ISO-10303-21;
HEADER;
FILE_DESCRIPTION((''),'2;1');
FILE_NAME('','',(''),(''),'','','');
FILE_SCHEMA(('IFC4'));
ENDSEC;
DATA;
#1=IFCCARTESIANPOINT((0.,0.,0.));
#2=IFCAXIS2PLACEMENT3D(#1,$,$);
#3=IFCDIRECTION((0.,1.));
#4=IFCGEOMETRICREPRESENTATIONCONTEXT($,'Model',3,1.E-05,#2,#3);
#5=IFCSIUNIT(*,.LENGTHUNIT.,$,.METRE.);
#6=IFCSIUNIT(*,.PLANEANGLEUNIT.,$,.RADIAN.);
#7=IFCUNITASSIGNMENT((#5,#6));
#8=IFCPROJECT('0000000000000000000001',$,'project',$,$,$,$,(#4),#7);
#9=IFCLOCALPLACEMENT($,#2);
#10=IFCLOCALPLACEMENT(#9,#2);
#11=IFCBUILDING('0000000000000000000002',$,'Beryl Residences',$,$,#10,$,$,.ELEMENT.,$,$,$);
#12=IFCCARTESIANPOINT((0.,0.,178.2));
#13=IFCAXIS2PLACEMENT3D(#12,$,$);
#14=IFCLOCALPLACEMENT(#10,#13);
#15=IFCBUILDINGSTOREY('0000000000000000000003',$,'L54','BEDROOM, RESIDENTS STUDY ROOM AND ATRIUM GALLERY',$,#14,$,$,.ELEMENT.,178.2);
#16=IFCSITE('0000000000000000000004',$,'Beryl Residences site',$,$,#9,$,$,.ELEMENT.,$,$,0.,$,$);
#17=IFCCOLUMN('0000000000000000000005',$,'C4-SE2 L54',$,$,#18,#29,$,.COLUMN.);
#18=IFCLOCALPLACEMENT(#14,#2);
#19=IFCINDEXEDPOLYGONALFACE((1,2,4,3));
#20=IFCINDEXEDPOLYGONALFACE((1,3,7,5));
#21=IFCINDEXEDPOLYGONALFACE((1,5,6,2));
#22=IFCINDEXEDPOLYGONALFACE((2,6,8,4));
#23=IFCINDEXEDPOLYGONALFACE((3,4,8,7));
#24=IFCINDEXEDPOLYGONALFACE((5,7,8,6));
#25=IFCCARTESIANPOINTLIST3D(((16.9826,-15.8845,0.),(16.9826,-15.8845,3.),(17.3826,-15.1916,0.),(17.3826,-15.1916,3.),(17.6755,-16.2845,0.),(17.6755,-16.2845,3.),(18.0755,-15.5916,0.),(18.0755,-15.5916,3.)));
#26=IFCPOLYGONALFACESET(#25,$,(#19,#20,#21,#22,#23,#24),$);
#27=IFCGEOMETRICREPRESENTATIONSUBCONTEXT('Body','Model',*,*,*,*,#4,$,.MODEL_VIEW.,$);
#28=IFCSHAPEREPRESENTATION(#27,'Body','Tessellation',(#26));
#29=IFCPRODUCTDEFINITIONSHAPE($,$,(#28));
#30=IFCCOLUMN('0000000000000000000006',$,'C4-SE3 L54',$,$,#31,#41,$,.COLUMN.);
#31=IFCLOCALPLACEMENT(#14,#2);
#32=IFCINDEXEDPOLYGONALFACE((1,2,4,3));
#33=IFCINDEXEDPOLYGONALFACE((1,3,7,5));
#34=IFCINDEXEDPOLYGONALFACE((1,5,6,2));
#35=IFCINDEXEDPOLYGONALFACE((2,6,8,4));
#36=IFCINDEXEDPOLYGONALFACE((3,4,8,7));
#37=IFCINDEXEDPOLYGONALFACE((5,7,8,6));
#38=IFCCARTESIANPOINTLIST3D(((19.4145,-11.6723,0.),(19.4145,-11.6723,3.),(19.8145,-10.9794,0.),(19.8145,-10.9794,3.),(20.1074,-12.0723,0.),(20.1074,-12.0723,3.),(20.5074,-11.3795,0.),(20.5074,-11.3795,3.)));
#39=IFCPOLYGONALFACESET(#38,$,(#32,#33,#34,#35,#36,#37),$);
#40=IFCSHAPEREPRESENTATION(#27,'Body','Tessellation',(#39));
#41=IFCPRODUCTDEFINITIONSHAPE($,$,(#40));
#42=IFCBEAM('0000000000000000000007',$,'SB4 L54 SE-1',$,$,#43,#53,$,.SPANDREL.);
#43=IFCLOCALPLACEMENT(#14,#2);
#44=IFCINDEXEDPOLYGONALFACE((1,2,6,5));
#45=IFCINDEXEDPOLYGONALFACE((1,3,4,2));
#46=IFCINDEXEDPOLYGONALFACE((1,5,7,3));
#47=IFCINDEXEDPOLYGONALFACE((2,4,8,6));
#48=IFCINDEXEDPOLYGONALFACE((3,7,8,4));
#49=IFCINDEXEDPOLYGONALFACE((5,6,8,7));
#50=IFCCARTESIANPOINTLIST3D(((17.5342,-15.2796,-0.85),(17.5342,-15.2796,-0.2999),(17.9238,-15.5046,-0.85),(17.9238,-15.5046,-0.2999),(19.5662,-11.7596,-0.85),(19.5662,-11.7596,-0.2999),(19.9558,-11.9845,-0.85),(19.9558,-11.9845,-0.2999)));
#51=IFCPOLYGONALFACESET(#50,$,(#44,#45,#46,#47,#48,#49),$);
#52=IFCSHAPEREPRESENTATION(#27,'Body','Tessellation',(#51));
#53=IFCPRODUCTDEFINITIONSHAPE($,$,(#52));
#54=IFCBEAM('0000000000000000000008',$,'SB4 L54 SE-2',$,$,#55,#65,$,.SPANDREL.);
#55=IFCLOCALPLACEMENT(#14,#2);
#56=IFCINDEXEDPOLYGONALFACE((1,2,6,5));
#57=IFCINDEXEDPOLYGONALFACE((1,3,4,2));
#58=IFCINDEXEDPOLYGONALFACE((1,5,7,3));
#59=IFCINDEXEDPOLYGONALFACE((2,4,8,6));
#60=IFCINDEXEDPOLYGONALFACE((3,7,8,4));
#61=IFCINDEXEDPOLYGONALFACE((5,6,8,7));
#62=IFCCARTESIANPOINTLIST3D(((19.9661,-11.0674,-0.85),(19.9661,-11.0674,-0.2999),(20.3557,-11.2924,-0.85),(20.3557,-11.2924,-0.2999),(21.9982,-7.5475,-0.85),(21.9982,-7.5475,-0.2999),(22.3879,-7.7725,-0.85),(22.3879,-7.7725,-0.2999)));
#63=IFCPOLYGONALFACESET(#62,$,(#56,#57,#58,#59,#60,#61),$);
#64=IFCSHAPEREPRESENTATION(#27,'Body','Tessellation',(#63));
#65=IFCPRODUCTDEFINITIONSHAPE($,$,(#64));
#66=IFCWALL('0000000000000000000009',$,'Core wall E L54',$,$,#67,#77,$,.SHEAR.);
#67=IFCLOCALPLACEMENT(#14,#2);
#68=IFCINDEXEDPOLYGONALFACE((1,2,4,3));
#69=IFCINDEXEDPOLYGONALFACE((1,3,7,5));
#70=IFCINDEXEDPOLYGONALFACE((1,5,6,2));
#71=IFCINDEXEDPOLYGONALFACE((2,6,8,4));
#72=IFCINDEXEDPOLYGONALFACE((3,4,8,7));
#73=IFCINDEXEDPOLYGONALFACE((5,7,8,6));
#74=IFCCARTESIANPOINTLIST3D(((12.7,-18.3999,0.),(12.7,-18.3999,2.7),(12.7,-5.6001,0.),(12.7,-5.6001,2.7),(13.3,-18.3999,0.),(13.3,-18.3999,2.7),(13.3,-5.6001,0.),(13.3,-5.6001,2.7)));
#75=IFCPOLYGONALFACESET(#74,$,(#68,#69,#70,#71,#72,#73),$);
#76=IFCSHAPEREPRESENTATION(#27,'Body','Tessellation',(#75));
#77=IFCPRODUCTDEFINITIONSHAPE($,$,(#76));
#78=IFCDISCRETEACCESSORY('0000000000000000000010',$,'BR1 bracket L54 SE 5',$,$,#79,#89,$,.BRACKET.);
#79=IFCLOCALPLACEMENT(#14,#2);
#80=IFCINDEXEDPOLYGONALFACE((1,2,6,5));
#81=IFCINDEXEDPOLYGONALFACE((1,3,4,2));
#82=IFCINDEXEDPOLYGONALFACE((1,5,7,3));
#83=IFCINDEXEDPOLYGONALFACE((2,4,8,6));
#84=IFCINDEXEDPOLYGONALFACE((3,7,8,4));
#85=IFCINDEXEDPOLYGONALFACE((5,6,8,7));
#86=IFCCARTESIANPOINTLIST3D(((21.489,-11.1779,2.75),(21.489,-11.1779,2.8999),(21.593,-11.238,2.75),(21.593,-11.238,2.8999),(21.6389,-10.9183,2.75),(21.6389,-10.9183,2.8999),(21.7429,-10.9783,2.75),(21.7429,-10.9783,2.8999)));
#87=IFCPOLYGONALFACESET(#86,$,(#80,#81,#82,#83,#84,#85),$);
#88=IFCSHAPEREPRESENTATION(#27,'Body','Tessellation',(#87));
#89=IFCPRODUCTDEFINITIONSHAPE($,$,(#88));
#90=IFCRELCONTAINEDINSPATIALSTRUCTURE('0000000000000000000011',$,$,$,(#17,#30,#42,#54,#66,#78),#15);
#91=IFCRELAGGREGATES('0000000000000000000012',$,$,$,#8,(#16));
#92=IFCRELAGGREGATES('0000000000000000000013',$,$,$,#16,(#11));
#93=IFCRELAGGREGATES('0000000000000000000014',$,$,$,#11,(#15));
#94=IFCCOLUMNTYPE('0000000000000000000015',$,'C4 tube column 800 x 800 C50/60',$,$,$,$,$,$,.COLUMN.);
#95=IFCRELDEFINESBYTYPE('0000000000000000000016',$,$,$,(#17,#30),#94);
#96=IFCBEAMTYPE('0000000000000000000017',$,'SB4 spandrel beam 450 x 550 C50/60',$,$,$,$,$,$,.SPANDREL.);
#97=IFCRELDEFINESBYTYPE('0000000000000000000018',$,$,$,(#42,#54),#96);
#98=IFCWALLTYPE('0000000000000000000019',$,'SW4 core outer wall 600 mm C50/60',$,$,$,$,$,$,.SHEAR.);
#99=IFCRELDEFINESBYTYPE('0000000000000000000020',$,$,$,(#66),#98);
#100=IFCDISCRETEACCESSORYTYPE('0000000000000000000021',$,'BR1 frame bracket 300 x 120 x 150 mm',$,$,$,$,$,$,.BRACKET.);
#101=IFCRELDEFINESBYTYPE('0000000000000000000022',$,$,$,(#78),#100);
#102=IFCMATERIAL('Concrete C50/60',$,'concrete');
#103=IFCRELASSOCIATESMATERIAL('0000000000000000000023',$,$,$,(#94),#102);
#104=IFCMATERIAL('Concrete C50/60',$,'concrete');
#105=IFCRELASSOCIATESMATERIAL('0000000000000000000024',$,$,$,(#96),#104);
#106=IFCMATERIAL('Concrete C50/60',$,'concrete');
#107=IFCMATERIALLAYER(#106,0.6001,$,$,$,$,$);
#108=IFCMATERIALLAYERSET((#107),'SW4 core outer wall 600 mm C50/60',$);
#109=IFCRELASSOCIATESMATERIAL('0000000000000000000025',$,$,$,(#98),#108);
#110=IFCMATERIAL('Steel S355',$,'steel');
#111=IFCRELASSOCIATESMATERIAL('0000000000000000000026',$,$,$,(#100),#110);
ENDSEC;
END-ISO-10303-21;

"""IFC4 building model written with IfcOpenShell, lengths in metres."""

from ifc_helpers import new_model, si_unit, direction, frame, frame_2d, origin, origin_2d, place, context, subcontext, project, spatial, polyline, rectangle, outline, extrude, source, transform, mapped, material, layer, layer_set, material_profile, profile_set, type_object, type_shapes, element, save


model = new_model("IFC4")

# Units and contexts
model_context = context("Model", 3, precision=1e-05, world=origin(), true_north=direction((0.0, 1.0)))
body_context = subcontext(model_context, "Body", "Model", "MODEL_VIEW")
ifc_project = project(units=[si_unit("LENGTHUNIT", "METRE"), si_unit("PLANEANGLEUNIT", "RADIAN")], contexts=[model_context])

# Site, building, storey
site_placement = place(None, origin())
site = spatial("IfcSite", under=ifc_project, at=site_placement, Name="Beryl Residences site", CompositionType="ELEMENT", RefElevation=0.0)
building_placement = place(site_placement, origin())
building = spatial("IfcBuilding", under=site, at=building_placement, Name="Beryl Residences", CompositionType="ELEMENT")
storey_placement = place(building_placement, frame((0.0, 0.0, 178.2)))
storey = spatial("IfcBuildingStorey", under=building, at=storey_placement, Name="L54", Description="BEDROOM, RESIDENTS STUDY ROOM AND ATRIUM GALLERY", CompositionType="ELEMENT", Elevation=178.2)

# Columns
ifc_material_1 = material(Name="Concrete C50/60", Category="concrete")
ifc_material_profile_1 = material_profile(ifc_material_1, rectangle(XDim=0.8, YDim=0.8, at=origin_2d()))
ifc_profile_set_1 = profile_set([ifc_material_profile_1], Name="Concrete C50/60")
column_type = type_object("IfcColumnType", Name="C4 tube column 800 x 800 C50/60", PredefinedType="COLUMN", material=ifc_profile_set_1)
for number, where, z_axis, x_axis, name in (
    (1, (17.5291, -15.738, 0.0), (0.0, 0.0, 1.0), (0.5, 0.866025, 0.0), "C4-SE2 L54"),
    (2, (19.9609, -11.5259, 0.0), (0.0, 0.0, 1.0), (0.5, 0.866025, 0.0), "C4-SE3 L54"),
):
    element("IfcColumn", number, at=place(storey_placement, frame(where, z_axis=z_axis, x_axis=x_axis)), inside=storey, type_object=column_type, Name=name, PredefinedType="COLUMN", context=body_context, shape_type="SweptSolid", body=[
        extrude(rectangle(XDim=0.8, YDim=0.8, at=origin_2d()), origin(), (0.0, 0.0, 1.0), 3.0),
    ])

# Beams
ifc_material_2 = material(Name="Concrete C50/60", Category="concrete")
ifc_material_profile_2 = material_profile(ifc_material_2, rectangle(XDim=0.45, YDim=0.55, at=origin_2d()))
ifc_profile_set_2 = profile_set([ifc_material_profile_2], Name="Concrete C50/60")
beam_type = type_object("IfcBeamType", Name="SB4 spandrel beam 450 x 550 C50/60", PredefinedType="SPANDREL", material=ifc_profile_set_2)
for number, where, z_axis, x_axis, name in (
    (3, (17.729, -15.3921, -0.575), (0.499944, 0.866058, 0.0), (-0.866058, 0.499944, 0.0), "SB4 L54 SE-1"),
    (4, (20.1609, -11.1799, -0.575), (0.499989, 0.866032, 0.0), (-0.866032, 0.499989, 0.0), "SB4 L54 SE-2"),
):
    element("IfcBeam", number, at=place(storey_placement, frame(where, z_axis=z_axis, x_axis=x_axis)), inside=storey, type_object=beam_type, Name=name, PredefinedType="SPANDREL", context=body_context, shape_type="SweptSolid", body=[
        extrude(rectangle(XDim=0.45, YDim=0.55, at=origin_2d()), origin(), (0.0, 0.0, 1.0), 4.0645),
    ])

# Wall
ifc_material_3 = material(Name="Concrete C50/60", Category="concrete")
ifc_layer = layer(ifc_material_3, 0.6001)
ifc_layer_set = layer_set([ifc_layer], Name="SW4 core outer wall 600 mm C50/60")
wall_type = type_object("IfcWallType", Name="SW4 core outer wall 600 mm C50/60", PredefinedType="SHEAR", material=ifc_layer_set)
wall_placement = place(storey_placement, frame((13.0, -18.3999, 0.0), z_axis=(0.0, 0.0, 1.0), x_axis=(0.0, 1.0, 0.0)))
element("IfcWall", 5, at=wall_placement, inside=storey, type_object=wall_type, Name="Core wall E L54", PredefinedType="SHEAR", context=body_context, shape_type="SweptSolid", body=[
    extrude(rectangle(XDim=12.7998, YDim=0.6001, at=frame_2d((6.3999, 0.0))), origin(), (0.0, 0.0, 1.0), 2.7),
])

# Discrete accessory
ifc_material_4 = material(Name="Steel S355", Category="steel")
discrete_accessory_type = type_object("IfcDiscreteAccessoryType", Name="BR1 frame bracket 300 x 120 x 150 mm", PredefinedType="BRACKET", material=ifc_material_4)
shared_shape_1 = source(origin(), body_context, "Body", "SweptSolid", [
    extrude(outline(polyline([(-0.1499, 0.0), (0.1499, 0.0), (0.1499, 0.1201), (-0.1499, 0.1201), (-0.1499, 0.0)])), origin(), (0.0, 0.0, 1.0), 0.1499),
])
type_shapes(discrete_accessory_type, [shared_shape_1])
discrete_accessory_placement = place(storey_placement, frame((21.564, -11.0481, 2.75), z_axis=(0.0, 0.0, 1.0), x_axis=(-0.5, -0.866025, 0.0)))
element("IfcDiscreteAccessory", 6, at=discrete_accessory_placement, inside=storey, type_object=discrete_accessory_type, Name="BR1 bracket L54 SE 5", PredefinedType="BRACKET", context=body_context, shape_type="MappedRepresentation", body=[
    mapped(shared_shape_1, transform((0.0, 0.0, 0.0))),
])

save(model, "model.ifc")
